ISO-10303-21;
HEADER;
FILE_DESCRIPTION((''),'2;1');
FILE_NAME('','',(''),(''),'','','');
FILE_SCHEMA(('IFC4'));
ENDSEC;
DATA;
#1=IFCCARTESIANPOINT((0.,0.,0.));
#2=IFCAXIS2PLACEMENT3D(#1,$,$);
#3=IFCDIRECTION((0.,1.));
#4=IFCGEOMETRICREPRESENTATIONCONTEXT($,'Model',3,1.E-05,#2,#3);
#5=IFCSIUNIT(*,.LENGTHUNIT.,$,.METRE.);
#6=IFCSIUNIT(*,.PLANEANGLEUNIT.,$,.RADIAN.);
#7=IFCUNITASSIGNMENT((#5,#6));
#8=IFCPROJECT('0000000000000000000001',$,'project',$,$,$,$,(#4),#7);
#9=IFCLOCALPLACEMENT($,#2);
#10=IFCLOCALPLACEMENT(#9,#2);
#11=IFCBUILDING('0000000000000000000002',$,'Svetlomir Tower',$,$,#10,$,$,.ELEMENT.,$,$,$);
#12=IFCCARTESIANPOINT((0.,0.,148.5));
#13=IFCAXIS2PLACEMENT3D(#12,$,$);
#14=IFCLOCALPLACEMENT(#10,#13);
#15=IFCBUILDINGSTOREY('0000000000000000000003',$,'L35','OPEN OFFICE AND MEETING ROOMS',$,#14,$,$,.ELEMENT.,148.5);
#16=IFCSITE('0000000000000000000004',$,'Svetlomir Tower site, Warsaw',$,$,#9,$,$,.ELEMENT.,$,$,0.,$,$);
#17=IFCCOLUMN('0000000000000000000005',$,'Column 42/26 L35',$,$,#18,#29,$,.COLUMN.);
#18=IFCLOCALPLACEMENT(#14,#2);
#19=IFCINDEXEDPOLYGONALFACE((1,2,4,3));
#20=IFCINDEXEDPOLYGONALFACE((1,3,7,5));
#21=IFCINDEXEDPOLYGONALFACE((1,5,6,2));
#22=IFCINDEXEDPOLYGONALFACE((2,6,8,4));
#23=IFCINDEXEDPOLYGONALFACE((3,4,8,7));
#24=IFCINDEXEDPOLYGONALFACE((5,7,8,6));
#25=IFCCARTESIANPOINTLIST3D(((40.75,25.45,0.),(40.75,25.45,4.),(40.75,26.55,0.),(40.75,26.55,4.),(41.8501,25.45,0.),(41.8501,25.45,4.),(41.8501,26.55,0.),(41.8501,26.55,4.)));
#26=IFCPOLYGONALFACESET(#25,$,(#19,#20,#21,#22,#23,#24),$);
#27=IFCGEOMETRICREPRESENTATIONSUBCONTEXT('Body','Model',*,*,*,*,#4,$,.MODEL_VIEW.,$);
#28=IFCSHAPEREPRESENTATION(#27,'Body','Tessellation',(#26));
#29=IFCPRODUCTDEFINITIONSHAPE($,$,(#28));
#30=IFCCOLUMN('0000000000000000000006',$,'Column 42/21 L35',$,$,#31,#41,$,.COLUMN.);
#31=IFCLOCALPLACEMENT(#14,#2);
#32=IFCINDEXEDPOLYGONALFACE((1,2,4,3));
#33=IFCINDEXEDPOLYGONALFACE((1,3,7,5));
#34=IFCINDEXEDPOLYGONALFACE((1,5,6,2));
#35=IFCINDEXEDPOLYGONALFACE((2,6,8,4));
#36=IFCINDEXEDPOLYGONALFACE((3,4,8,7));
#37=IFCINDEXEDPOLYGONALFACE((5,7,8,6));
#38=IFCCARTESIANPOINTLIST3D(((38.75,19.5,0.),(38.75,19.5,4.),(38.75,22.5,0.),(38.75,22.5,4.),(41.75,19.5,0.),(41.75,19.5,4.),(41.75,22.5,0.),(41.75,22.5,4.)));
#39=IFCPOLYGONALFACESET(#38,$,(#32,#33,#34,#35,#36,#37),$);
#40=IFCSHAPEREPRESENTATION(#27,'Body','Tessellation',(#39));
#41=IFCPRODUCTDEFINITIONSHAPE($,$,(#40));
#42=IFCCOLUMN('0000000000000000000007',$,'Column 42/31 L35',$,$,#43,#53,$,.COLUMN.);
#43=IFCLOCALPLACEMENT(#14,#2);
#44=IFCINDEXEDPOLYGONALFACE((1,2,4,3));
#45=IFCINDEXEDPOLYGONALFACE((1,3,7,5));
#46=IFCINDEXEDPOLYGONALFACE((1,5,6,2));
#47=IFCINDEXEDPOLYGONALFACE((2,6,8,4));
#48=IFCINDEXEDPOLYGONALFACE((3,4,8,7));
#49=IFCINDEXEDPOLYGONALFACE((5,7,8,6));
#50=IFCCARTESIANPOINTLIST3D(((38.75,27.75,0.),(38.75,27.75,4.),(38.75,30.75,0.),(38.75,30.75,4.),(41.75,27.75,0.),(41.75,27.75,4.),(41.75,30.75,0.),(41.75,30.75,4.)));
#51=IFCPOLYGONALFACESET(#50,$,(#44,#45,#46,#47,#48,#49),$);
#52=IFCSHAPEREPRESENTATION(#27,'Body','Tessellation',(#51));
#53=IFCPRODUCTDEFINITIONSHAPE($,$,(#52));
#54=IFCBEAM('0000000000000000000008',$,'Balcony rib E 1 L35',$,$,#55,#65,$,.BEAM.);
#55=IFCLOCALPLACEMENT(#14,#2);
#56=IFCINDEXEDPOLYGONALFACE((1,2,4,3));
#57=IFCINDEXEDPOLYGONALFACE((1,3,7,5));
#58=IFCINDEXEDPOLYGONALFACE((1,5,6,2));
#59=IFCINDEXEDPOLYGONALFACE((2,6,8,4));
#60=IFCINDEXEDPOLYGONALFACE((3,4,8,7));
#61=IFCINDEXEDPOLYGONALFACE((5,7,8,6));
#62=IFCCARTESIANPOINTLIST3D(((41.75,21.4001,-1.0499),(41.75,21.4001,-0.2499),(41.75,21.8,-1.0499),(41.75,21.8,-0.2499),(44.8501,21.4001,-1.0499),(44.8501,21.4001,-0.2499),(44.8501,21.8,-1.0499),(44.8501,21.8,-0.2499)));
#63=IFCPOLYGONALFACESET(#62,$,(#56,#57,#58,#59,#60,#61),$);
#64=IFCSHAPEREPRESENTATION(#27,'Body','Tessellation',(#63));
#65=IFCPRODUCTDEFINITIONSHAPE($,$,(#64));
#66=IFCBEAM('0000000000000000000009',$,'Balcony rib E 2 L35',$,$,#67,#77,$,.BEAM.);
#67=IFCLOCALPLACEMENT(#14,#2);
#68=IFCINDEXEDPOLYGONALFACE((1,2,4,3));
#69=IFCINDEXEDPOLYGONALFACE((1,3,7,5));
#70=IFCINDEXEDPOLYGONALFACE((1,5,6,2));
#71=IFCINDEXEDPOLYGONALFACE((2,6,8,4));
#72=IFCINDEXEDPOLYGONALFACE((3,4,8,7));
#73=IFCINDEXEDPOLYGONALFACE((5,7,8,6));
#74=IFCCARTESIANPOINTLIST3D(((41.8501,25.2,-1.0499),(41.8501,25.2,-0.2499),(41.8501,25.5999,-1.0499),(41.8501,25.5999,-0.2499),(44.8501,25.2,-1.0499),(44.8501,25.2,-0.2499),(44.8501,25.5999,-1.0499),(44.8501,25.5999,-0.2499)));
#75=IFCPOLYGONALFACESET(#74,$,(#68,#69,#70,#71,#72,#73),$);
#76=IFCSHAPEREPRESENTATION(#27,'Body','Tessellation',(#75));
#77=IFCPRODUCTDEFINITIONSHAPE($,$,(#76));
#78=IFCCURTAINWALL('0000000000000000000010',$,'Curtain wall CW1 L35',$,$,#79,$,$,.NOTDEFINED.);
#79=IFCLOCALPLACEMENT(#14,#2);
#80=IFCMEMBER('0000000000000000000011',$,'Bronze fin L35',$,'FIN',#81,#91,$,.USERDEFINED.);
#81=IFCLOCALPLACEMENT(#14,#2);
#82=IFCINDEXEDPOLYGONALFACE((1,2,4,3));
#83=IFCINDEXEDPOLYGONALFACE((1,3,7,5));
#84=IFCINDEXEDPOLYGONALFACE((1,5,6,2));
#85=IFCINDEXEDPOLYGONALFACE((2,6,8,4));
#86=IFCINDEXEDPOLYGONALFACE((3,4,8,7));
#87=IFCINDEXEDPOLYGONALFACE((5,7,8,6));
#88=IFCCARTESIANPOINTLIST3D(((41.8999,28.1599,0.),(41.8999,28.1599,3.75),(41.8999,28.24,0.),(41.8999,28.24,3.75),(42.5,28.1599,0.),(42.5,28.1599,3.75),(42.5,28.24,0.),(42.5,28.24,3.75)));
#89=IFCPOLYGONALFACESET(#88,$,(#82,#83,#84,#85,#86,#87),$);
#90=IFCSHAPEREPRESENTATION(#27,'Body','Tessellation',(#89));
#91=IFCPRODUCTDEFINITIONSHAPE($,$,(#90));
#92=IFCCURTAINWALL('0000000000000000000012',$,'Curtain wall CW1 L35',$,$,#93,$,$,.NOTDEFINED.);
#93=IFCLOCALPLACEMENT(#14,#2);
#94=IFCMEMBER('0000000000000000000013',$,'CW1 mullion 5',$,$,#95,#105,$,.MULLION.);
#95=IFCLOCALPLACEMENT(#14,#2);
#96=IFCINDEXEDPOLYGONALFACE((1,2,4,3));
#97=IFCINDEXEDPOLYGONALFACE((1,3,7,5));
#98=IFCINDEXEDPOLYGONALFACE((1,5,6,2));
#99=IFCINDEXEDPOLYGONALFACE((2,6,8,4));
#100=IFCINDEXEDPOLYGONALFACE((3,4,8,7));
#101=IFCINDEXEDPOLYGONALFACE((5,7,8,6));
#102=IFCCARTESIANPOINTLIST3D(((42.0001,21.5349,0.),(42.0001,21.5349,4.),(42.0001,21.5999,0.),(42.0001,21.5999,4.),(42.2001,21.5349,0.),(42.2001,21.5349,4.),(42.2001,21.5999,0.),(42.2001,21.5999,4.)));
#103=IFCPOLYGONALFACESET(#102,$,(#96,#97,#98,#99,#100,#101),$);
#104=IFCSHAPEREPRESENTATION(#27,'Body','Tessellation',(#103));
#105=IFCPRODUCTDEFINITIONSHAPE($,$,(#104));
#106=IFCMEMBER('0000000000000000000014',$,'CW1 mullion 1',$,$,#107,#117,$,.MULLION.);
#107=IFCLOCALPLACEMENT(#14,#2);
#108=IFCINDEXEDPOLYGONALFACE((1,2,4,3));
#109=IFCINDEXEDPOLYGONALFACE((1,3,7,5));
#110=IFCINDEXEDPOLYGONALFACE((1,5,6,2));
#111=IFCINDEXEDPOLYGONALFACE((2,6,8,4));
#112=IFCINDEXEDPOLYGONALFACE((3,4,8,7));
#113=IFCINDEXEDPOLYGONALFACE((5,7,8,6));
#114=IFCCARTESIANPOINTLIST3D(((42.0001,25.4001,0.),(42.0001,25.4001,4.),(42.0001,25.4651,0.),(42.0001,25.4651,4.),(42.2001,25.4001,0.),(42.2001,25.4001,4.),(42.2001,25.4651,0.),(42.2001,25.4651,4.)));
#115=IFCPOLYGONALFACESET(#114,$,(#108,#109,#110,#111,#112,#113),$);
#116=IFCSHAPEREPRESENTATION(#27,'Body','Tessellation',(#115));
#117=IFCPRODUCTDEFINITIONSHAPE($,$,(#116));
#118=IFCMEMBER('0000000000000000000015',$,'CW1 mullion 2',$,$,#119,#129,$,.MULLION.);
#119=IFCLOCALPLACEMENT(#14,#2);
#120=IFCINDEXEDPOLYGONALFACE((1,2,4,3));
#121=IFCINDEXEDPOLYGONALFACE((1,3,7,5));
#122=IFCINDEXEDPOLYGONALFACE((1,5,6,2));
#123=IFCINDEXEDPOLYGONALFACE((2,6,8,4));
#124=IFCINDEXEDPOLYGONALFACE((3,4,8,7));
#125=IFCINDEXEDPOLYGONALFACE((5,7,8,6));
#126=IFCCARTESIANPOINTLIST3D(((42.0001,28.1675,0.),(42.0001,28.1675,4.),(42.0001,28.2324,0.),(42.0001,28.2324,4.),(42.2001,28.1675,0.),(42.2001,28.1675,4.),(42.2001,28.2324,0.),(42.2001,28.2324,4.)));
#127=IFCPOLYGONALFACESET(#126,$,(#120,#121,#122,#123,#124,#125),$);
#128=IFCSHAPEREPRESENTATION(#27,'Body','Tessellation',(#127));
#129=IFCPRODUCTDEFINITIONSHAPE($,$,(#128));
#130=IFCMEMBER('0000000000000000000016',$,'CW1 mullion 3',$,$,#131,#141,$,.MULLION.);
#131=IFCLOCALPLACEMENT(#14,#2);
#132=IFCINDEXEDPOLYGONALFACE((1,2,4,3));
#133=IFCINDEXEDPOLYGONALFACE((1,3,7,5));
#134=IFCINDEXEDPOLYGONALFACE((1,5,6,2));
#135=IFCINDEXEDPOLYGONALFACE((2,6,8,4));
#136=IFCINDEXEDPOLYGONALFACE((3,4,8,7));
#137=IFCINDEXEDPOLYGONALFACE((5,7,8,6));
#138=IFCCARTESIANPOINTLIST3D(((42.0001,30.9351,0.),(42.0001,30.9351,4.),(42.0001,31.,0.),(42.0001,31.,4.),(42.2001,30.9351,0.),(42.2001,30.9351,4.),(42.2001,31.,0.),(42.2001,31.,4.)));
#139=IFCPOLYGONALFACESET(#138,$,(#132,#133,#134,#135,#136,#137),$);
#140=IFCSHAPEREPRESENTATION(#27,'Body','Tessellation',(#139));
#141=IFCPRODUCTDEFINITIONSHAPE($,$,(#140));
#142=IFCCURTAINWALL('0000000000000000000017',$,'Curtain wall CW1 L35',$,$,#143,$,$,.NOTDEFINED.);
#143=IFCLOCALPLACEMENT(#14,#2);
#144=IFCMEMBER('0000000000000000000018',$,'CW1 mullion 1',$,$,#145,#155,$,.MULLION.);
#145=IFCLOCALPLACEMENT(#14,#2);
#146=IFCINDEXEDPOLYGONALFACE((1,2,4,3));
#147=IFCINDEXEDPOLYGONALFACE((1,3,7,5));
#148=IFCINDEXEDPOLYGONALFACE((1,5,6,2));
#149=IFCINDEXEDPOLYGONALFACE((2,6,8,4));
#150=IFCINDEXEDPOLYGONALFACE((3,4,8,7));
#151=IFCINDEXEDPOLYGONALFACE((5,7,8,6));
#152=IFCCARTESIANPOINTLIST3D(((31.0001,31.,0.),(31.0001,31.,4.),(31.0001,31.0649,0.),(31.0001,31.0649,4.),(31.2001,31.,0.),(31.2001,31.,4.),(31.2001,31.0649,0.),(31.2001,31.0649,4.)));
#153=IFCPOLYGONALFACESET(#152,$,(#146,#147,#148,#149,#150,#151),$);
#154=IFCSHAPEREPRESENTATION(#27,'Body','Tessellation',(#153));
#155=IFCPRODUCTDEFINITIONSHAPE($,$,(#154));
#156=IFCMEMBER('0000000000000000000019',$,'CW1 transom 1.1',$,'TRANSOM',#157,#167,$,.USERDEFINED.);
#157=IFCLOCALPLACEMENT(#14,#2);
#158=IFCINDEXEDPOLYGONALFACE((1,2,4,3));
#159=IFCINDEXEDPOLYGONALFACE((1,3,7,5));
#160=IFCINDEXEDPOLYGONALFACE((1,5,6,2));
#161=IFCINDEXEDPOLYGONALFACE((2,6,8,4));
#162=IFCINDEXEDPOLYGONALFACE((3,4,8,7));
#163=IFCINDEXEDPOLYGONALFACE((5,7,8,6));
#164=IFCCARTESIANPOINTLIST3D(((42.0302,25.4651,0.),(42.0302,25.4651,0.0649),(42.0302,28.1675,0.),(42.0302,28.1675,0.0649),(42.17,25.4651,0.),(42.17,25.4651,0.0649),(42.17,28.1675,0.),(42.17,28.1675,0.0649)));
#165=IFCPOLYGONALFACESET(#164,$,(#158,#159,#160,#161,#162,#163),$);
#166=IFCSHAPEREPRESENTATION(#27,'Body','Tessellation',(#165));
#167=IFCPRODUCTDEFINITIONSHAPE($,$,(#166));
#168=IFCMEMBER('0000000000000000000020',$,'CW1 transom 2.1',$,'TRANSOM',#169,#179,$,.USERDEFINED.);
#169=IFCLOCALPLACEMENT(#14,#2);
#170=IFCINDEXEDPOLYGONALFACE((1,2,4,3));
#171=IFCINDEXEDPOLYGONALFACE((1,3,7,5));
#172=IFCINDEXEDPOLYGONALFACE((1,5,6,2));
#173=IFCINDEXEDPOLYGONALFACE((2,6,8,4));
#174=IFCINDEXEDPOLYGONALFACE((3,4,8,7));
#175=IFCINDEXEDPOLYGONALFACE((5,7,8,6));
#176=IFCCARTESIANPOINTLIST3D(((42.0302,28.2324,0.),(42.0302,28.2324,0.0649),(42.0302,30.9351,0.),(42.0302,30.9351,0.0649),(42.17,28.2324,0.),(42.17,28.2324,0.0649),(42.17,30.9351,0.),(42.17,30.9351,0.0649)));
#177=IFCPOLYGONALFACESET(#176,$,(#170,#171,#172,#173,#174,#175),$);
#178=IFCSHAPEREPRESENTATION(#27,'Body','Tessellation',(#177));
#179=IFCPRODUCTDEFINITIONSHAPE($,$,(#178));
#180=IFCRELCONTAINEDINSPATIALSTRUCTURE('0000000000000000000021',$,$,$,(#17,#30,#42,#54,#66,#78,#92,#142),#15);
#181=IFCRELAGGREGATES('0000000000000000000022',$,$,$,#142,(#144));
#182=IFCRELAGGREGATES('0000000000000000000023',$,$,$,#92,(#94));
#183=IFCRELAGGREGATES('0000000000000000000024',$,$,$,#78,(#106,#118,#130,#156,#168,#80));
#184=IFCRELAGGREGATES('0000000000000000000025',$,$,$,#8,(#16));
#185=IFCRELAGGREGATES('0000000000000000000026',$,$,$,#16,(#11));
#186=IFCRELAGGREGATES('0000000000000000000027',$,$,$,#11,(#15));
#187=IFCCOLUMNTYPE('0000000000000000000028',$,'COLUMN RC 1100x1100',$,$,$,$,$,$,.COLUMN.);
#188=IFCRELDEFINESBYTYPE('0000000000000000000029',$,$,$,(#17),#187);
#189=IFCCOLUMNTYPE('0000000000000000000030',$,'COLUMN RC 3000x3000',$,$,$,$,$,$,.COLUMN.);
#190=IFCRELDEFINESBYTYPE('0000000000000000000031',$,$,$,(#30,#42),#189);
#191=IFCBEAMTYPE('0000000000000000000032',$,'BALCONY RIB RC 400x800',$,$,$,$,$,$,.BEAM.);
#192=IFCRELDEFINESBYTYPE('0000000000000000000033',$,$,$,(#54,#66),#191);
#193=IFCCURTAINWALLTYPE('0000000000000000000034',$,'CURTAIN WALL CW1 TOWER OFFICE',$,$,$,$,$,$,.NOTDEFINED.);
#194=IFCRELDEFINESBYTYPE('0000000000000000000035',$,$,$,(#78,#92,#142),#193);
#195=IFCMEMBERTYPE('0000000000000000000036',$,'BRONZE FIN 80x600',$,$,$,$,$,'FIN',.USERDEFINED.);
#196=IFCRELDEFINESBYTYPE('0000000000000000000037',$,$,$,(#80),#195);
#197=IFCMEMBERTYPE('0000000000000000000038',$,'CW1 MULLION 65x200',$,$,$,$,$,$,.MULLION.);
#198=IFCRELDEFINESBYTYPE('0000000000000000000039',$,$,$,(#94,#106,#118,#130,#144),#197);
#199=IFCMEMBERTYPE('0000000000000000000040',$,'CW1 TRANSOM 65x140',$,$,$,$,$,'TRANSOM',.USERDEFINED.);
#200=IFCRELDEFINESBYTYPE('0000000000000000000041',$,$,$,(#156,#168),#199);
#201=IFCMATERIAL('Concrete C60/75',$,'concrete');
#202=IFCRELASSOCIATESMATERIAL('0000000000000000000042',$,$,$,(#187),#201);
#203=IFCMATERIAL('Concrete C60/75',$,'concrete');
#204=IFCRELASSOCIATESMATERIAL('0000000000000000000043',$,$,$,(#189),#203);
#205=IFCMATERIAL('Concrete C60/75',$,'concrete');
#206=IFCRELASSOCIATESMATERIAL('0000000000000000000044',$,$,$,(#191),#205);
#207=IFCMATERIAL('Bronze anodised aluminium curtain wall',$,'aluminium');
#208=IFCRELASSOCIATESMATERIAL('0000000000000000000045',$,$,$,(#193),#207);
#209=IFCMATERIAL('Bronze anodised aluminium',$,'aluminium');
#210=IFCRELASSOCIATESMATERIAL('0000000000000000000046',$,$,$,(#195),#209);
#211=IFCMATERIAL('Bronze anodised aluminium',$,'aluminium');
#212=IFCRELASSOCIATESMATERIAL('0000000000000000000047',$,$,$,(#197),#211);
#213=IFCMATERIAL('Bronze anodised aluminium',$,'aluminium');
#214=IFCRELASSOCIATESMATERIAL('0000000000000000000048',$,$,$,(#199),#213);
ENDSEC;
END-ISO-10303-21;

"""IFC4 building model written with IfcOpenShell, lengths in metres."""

from ifc_helpers import new_model, si_unit, direction, frame, origin, origin_2d, place, context, subcontext, project, spatial, rectangle, extrude, material, material_profile, profile_set, type_object, element, aggregate, save


model = new_model("IFC4")

# Units and contexts
model_context = context("Model", 3, precision=1e-05, world=origin(), true_north=direction((0.0, 1.0)))
body_context = subcontext(model_context, "Body", "Model", "MODEL_VIEW")
ifc_project = project(units=[si_unit("LENGTHUNIT", "METRE"), si_unit("PLANEANGLEUNIT", "RADIAN")], contexts=[model_context])

# Site, building, storey
site_placement = place(None, origin())
site = spatial("IfcSite", under=ifc_project, at=site_placement, Name="Svetlomir Tower site, Warsaw", CompositionType="ELEMENT", RefElevation=0.0)
building_placement = place(site_placement, origin())
building = spatial("IfcBuilding", under=site, at=building_placement, Name="Svetlomir Tower", CompositionType="ELEMENT")
storey_placement = place(building_placement, frame((0.0, 0.0, 148.5)))
storey = spatial("IfcBuildingStorey", under=building, at=storey_placement, Name="L35", Description="OPEN OFFICE AND MEETING ROOMS", CompositionType="ELEMENT", Elevation=148.5)

# Columns
ifc_material_1 = material(Name="Concrete C60/75", Category="concrete")
ifc_material_profile_1 = material_profile(ifc_material_1, rectangle(XDim=1.1001, YDim=1.1001, at=origin_2d()), Name="RC 1100x1100")
ifc_profile_set_1 = profile_set([ifc_material_profile_1], Name="Concrete C60/75")
column_type_1 = type_object("IfcColumnType", Name="COLUMN RC 1100x1100", PredefinedType="COLUMN", material=ifc_profile_set_1)
column_placement = place(storey_placement, frame((41.3, 26.0, 0.0), z_axis=(0.0, 0.0, 1.0), x_axis=(1.0, 0.0, 0.0)))
element("IfcColumn", 1, at=column_placement, inside=storey, type_object=column_type_1, Name="Column 42/26 L35", PredefinedType="COLUMN", context=body_context, shape_type="SweptSolid", body=[
    extrude(rectangle(XDim=1.1001, YDim=1.1001, at=origin_2d()), origin(), (0.0, 0.0, 1.0), 4.0),
])
ifc_material_2 = material(Name="Concrete C60/75", Category="concrete")
ifc_material_profile_2 = material_profile(ifc_material_2, rectangle(XDim=3.0, YDim=3.0, at=origin_2d()), Name="RC 3000x3000")
ifc_profile_set_2 = profile_set([ifc_material_profile_2], Name="Concrete C60/75")
column_type_2 = type_object("IfcColumnType", Name="COLUMN RC 3000x3000", PredefinedType="COLUMN", material=ifc_profile_set_2)
for number, where, z_axis, x_axis, name in (
    (2, (40.25, 21.0, 0.0), (0.0, 0.0, 1.0), (1.0, 0.0, 0.0), "Column 42/21 L35"),
    (3, (40.25, 29.25, 0.0), (0.0, 0.0, 1.0), (1.0, 0.0, 0.0), "Column 42/31 L35"),
):
    element("IfcColumn", number, at=place(storey_placement, frame(where, z_axis=z_axis, x_axis=x_axis)), inside=storey, type_object=column_type_2, Name=name, PredefinedType="COLUMN", context=body_context, shape_type="SweptSolid", body=[
        extrude(rectangle(XDim=3.0, YDim=3.0, at=origin_2d()), origin(), (0.0, 0.0, 1.0), 4.0),
    ])

# Beams
ifc_material_3 = material(Name="Concrete C60/75", Category="concrete")
ifc_material_profile_3 = material_profile(ifc_material_3, rectangle(XDim=0.3999, YDim=0.8, at=origin_2d()), Name="RC 400x800")
ifc_profile_set_3 = profile_set([ifc_material_profile_3], Name="Concrete C60/75")
beam_type_1 = type_object("IfcBeamType", Name="BALCONY RIB RC 400x800", PredefinedType="BEAM", material=ifc_profile_set_3)
beam_1_placement = place(storey_placement, frame((41.75, 21.6001, -0.6499), z_axis=(1.0, 0.0, 0.0), x_axis=(0.0, 1.0, 0.0)))
element("IfcBeam", 4, at=beam_1_placement, inside=storey, type_object=beam_type_1, Name="Balcony rib E 1 L35", PredefinedType="BEAM", context=body_context, shape_type="SweptSolid", body=[
    extrude(rectangle(XDim=0.3999, YDim=0.8, at=origin_2d()), origin(), (0.0, 0.0, 1.0), 3.1001),
])
beam_2_placement = place(storey_placement, frame((41.8501, 25.3999, -0.6499), z_axis=(1.0, 0.0, 0.0), x_axis=(0.0, 1.0, 0.0)))
element("IfcBeam", 5, at=beam_2_placement, inside=storey, type_object=beam_type_1, Name="Balcony rib E 2 L35", PredefinedType="BEAM", context=body_context, shape_type="SweptSolid", body=[
    extrude(rectangle(XDim=0.3999, YDim=0.8, at=origin_2d()), origin(), (0.0, 0.0, 1.0), 3.0),
])

# Curtain walls, members
ifc_material_4 = material(Name="Bronze anodised aluminium curtain wall", Category="aluminium")
curtain_wall_type = type_object("IfcCurtainWallType", Name="CURTAIN WALL CW1 TOWER OFFICE", PredefinedType="NOTDEFINED", material=ifc_material_4)
curtain_wall_1_placement = place(storey_placement, origin())
curtain_wall_1 = element("IfcCurtainWall", 6, at=curtain_wall_1_placement, inside=storey, type_object=curtain_wall_type, Name="Curtain wall CW1 L35", PredefinedType="NOTDEFINED")
ifc_material_5 = material(Name="Bronze anodised aluminium", Category="aluminium")
ifc_material_profile_4 = material_profile(ifc_material_5, rectangle(XDim=0.0801, YDim=0.6001, at=origin_2d()), Name="FIN 80x600")
ifc_profile_set_4 = profile_set([ifc_material_profile_4], Name="Bronze anodised aluminium 6063-T6")
member_type_1 = type_object("IfcMemberType", Name="BRONZE FIN 80x600", ElementType="FIN", PredefinedType="USERDEFINED", material=ifc_profile_set_4)
member_1_placement = place(storey_placement, frame((42.2, 28.2, 0.0), z_axis=(0.0, 0.0, 1.0), x_axis=(0.0, 1.0, 0.0)))
member_1 = element("IfcMember", 7, at=member_1_placement, type_object=member_type_1, Name="Bronze fin L35", ObjectType="FIN", PredefinedType="USERDEFINED", context=body_context, shape_type="SweptSolid", body=[
    extrude(rectangle(XDim=0.0801, YDim=0.6001, at=origin_2d()), origin(), (0.0, 0.0, 1.0), 3.75),
])
curtain_wall_2_placement = place(storey_placement, origin())
curtain_wall_2 = element("IfcCurtainWall", 8, at=curtain_wall_2_placement, inside=storey, type_object=curtain_wall_type, Name="Curtain wall CW1 L35", PredefinedType="NOTDEFINED")
ifc_material_6 = material(Name="Bronze anodised aluminium", Category="aluminium")
ifc_material_profile_5 = material_profile(ifc_material_6, rectangle(XDim=0.0649, YDim=0.2, at=origin_2d()), Name="AL 65x200")
ifc_profile_set_5 = profile_set([ifc_material_profile_5], Name="Bronze anodised aluminium 6063-T6")
member_type_2 = type_object("IfcMemberType", Name="CW1 MULLION 65x200", PredefinedType="MULLION", material=ifc_profile_set_5)
member_2_placement = place(storey_placement, frame((42.1001, 21.5674, 0.0), z_axis=(0.0, 0.0, 1.0), x_axis=(0.0, 1.0, 0.0)))
member_2 = element("IfcMember", 9, at=member_2_placement, type_object=member_type_2, Name="CW1 mullion 5", PredefinedType="MULLION", context=body_context, shape_type="SweptSolid", body=[
    extrude(rectangle(XDim=0.0649, YDim=0.2, at=origin_2d()), origin(), (0.0, 0.0, 1.0), 4.0),
])

# Members
member_3_placement = place(storey_placement, frame((42.1001, 25.4326, 0.0), z_axis=(0.0, 0.0, 1.0), x_axis=(0.0, 1.0, 0.0)))
member_3 = element("IfcMember", 10, at=member_3_placement, type_object=member_type_2, Name="CW1 mullion 1", PredefinedType="MULLION", context=body_context, shape_type="SweptSolid", body=[
    extrude(rectangle(XDim=0.0649, YDim=0.2, at=origin_2d()), origin(), (0.0, 0.0, 1.0), 4.0),
])
member_4_placement = place(storey_placement, frame((42.1001, 28.2, 0.0), z_axis=(0.0, 0.0, 1.0), x_axis=(0.0, 1.0, 0.0)))
member_4 = element("IfcMember", 11, at=member_4_placement, type_object=member_type_2, Name="CW1 mullion 2", PredefinedType="MULLION", context=body_context, shape_type="SweptSolid", body=[
    extrude(rectangle(XDim=0.0649, YDim=0.2, at=origin_2d()), origin(), (0.0, 0.0, 1.0), 4.0),
])
member_5_placement = place(storey_placement, frame((42.1001, 30.9675, 0.0), z_axis=(0.0, 0.0, 1.0), x_axis=(0.0, 1.0, 0.0)))
member_5 = element("IfcMember", 12, at=member_5_placement, type_object=member_type_2, Name="CW1 mullion 3", PredefinedType="MULLION", context=body_context, shape_type="SweptSolid", body=[
    extrude(rectangle(XDim=0.0649, YDim=0.2, at=origin_2d()), origin(), (0.0, 0.0, 1.0), 4.0),
])

# Curtain wall, member
curtain_wall_3_placement = place(storey_placement, origin())
curtain_wall_3 = element("IfcCurtainWall", 13, at=curtain_wall_3_placement, inside=storey, type_object=curtain_wall_type, Name="Curtain wall CW1 L35", PredefinedType="NOTDEFINED")
member_6_placement = place(storey_placement, frame((31.1001, 31.0325, 0.0), z_axis=(0.0, 0.0, 1.0), x_axis=(0.0, 1.0, 0.0)))
member_6 = element("IfcMember", 14, at=member_6_placement, type_object=member_type_2, Name="CW1 mullion 1", PredefinedType="MULLION", context=body_context, shape_type="SweptSolid", body=[
    extrude(rectangle(XDim=0.0649, YDim=0.2, at=origin_2d()), origin(), (0.0, 0.0, 1.0), 4.0),
])
aggregate(curtain_wall_3, [member_6])

# Members
ifc_material_7 = material(Name="Bronze anodised aluminium", Category="aluminium")
ifc_material_profile_6 = material_profile(ifc_material_7, rectangle(XDim=0.1399, YDim=0.0649, at=origin_2d()), Name="AL 140x65")
ifc_profile_set_6 = profile_set([ifc_material_profile_6], Name="Bronze anodised aluminium 6063-T6")
member_type_3 = type_object("IfcMemberType", Name="CW1 TRANSOM 65x140", ElementType="TRANSOM", PredefinedType="USERDEFINED", material=ifc_profile_set_6)
member_7_placement = place(storey_placement, frame((42.1001, 25.4651, 0.0325), z_axis=(0.0, 1.0, 0.0), x_axis=(-1.0, 0.0, 0.0)))
member_7 = element("IfcMember", 15, at=member_7_placement, type_object=member_type_3, Name="CW1 transom 1.1", ObjectType="TRANSOM", PredefinedType="USERDEFINED", context=body_context, shape_type="SweptSolid", body=[
    extrude(rectangle(XDim=0.1399, YDim=0.0649, at=origin_2d()), origin(), (0.0, 0.0, 1.0), 2.7024),
])
member_8_placement = place(storey_placement, frame((42.1001, 28.2324, 0.0325), z_axis=(0.0, 1.0, 0.0), x_axis=(-1.0, 0.0, 0.0)))
member_8 = element("IfcMember", 16, at=member_8_placement, type_object=member_type_3, Name="CW1 transom 2.1", ObjectType="TRANSOM", PredefinedType="USERDEFINED", context=body_context, shape_type="SweptSolid", body=[
    extrude(rectangle(XDim=0.1399, YDim=0.0649, at=origin_2d()), origin(), (0.0, 0.0, 1.0), 2.7026),
])

aggregate(curtain_wall_2, [member_2])
aggregate(curtain_wall_1, [member_3, member_4, member_5, member_7, member_8, member_1])

save(model, "model.ifc")
